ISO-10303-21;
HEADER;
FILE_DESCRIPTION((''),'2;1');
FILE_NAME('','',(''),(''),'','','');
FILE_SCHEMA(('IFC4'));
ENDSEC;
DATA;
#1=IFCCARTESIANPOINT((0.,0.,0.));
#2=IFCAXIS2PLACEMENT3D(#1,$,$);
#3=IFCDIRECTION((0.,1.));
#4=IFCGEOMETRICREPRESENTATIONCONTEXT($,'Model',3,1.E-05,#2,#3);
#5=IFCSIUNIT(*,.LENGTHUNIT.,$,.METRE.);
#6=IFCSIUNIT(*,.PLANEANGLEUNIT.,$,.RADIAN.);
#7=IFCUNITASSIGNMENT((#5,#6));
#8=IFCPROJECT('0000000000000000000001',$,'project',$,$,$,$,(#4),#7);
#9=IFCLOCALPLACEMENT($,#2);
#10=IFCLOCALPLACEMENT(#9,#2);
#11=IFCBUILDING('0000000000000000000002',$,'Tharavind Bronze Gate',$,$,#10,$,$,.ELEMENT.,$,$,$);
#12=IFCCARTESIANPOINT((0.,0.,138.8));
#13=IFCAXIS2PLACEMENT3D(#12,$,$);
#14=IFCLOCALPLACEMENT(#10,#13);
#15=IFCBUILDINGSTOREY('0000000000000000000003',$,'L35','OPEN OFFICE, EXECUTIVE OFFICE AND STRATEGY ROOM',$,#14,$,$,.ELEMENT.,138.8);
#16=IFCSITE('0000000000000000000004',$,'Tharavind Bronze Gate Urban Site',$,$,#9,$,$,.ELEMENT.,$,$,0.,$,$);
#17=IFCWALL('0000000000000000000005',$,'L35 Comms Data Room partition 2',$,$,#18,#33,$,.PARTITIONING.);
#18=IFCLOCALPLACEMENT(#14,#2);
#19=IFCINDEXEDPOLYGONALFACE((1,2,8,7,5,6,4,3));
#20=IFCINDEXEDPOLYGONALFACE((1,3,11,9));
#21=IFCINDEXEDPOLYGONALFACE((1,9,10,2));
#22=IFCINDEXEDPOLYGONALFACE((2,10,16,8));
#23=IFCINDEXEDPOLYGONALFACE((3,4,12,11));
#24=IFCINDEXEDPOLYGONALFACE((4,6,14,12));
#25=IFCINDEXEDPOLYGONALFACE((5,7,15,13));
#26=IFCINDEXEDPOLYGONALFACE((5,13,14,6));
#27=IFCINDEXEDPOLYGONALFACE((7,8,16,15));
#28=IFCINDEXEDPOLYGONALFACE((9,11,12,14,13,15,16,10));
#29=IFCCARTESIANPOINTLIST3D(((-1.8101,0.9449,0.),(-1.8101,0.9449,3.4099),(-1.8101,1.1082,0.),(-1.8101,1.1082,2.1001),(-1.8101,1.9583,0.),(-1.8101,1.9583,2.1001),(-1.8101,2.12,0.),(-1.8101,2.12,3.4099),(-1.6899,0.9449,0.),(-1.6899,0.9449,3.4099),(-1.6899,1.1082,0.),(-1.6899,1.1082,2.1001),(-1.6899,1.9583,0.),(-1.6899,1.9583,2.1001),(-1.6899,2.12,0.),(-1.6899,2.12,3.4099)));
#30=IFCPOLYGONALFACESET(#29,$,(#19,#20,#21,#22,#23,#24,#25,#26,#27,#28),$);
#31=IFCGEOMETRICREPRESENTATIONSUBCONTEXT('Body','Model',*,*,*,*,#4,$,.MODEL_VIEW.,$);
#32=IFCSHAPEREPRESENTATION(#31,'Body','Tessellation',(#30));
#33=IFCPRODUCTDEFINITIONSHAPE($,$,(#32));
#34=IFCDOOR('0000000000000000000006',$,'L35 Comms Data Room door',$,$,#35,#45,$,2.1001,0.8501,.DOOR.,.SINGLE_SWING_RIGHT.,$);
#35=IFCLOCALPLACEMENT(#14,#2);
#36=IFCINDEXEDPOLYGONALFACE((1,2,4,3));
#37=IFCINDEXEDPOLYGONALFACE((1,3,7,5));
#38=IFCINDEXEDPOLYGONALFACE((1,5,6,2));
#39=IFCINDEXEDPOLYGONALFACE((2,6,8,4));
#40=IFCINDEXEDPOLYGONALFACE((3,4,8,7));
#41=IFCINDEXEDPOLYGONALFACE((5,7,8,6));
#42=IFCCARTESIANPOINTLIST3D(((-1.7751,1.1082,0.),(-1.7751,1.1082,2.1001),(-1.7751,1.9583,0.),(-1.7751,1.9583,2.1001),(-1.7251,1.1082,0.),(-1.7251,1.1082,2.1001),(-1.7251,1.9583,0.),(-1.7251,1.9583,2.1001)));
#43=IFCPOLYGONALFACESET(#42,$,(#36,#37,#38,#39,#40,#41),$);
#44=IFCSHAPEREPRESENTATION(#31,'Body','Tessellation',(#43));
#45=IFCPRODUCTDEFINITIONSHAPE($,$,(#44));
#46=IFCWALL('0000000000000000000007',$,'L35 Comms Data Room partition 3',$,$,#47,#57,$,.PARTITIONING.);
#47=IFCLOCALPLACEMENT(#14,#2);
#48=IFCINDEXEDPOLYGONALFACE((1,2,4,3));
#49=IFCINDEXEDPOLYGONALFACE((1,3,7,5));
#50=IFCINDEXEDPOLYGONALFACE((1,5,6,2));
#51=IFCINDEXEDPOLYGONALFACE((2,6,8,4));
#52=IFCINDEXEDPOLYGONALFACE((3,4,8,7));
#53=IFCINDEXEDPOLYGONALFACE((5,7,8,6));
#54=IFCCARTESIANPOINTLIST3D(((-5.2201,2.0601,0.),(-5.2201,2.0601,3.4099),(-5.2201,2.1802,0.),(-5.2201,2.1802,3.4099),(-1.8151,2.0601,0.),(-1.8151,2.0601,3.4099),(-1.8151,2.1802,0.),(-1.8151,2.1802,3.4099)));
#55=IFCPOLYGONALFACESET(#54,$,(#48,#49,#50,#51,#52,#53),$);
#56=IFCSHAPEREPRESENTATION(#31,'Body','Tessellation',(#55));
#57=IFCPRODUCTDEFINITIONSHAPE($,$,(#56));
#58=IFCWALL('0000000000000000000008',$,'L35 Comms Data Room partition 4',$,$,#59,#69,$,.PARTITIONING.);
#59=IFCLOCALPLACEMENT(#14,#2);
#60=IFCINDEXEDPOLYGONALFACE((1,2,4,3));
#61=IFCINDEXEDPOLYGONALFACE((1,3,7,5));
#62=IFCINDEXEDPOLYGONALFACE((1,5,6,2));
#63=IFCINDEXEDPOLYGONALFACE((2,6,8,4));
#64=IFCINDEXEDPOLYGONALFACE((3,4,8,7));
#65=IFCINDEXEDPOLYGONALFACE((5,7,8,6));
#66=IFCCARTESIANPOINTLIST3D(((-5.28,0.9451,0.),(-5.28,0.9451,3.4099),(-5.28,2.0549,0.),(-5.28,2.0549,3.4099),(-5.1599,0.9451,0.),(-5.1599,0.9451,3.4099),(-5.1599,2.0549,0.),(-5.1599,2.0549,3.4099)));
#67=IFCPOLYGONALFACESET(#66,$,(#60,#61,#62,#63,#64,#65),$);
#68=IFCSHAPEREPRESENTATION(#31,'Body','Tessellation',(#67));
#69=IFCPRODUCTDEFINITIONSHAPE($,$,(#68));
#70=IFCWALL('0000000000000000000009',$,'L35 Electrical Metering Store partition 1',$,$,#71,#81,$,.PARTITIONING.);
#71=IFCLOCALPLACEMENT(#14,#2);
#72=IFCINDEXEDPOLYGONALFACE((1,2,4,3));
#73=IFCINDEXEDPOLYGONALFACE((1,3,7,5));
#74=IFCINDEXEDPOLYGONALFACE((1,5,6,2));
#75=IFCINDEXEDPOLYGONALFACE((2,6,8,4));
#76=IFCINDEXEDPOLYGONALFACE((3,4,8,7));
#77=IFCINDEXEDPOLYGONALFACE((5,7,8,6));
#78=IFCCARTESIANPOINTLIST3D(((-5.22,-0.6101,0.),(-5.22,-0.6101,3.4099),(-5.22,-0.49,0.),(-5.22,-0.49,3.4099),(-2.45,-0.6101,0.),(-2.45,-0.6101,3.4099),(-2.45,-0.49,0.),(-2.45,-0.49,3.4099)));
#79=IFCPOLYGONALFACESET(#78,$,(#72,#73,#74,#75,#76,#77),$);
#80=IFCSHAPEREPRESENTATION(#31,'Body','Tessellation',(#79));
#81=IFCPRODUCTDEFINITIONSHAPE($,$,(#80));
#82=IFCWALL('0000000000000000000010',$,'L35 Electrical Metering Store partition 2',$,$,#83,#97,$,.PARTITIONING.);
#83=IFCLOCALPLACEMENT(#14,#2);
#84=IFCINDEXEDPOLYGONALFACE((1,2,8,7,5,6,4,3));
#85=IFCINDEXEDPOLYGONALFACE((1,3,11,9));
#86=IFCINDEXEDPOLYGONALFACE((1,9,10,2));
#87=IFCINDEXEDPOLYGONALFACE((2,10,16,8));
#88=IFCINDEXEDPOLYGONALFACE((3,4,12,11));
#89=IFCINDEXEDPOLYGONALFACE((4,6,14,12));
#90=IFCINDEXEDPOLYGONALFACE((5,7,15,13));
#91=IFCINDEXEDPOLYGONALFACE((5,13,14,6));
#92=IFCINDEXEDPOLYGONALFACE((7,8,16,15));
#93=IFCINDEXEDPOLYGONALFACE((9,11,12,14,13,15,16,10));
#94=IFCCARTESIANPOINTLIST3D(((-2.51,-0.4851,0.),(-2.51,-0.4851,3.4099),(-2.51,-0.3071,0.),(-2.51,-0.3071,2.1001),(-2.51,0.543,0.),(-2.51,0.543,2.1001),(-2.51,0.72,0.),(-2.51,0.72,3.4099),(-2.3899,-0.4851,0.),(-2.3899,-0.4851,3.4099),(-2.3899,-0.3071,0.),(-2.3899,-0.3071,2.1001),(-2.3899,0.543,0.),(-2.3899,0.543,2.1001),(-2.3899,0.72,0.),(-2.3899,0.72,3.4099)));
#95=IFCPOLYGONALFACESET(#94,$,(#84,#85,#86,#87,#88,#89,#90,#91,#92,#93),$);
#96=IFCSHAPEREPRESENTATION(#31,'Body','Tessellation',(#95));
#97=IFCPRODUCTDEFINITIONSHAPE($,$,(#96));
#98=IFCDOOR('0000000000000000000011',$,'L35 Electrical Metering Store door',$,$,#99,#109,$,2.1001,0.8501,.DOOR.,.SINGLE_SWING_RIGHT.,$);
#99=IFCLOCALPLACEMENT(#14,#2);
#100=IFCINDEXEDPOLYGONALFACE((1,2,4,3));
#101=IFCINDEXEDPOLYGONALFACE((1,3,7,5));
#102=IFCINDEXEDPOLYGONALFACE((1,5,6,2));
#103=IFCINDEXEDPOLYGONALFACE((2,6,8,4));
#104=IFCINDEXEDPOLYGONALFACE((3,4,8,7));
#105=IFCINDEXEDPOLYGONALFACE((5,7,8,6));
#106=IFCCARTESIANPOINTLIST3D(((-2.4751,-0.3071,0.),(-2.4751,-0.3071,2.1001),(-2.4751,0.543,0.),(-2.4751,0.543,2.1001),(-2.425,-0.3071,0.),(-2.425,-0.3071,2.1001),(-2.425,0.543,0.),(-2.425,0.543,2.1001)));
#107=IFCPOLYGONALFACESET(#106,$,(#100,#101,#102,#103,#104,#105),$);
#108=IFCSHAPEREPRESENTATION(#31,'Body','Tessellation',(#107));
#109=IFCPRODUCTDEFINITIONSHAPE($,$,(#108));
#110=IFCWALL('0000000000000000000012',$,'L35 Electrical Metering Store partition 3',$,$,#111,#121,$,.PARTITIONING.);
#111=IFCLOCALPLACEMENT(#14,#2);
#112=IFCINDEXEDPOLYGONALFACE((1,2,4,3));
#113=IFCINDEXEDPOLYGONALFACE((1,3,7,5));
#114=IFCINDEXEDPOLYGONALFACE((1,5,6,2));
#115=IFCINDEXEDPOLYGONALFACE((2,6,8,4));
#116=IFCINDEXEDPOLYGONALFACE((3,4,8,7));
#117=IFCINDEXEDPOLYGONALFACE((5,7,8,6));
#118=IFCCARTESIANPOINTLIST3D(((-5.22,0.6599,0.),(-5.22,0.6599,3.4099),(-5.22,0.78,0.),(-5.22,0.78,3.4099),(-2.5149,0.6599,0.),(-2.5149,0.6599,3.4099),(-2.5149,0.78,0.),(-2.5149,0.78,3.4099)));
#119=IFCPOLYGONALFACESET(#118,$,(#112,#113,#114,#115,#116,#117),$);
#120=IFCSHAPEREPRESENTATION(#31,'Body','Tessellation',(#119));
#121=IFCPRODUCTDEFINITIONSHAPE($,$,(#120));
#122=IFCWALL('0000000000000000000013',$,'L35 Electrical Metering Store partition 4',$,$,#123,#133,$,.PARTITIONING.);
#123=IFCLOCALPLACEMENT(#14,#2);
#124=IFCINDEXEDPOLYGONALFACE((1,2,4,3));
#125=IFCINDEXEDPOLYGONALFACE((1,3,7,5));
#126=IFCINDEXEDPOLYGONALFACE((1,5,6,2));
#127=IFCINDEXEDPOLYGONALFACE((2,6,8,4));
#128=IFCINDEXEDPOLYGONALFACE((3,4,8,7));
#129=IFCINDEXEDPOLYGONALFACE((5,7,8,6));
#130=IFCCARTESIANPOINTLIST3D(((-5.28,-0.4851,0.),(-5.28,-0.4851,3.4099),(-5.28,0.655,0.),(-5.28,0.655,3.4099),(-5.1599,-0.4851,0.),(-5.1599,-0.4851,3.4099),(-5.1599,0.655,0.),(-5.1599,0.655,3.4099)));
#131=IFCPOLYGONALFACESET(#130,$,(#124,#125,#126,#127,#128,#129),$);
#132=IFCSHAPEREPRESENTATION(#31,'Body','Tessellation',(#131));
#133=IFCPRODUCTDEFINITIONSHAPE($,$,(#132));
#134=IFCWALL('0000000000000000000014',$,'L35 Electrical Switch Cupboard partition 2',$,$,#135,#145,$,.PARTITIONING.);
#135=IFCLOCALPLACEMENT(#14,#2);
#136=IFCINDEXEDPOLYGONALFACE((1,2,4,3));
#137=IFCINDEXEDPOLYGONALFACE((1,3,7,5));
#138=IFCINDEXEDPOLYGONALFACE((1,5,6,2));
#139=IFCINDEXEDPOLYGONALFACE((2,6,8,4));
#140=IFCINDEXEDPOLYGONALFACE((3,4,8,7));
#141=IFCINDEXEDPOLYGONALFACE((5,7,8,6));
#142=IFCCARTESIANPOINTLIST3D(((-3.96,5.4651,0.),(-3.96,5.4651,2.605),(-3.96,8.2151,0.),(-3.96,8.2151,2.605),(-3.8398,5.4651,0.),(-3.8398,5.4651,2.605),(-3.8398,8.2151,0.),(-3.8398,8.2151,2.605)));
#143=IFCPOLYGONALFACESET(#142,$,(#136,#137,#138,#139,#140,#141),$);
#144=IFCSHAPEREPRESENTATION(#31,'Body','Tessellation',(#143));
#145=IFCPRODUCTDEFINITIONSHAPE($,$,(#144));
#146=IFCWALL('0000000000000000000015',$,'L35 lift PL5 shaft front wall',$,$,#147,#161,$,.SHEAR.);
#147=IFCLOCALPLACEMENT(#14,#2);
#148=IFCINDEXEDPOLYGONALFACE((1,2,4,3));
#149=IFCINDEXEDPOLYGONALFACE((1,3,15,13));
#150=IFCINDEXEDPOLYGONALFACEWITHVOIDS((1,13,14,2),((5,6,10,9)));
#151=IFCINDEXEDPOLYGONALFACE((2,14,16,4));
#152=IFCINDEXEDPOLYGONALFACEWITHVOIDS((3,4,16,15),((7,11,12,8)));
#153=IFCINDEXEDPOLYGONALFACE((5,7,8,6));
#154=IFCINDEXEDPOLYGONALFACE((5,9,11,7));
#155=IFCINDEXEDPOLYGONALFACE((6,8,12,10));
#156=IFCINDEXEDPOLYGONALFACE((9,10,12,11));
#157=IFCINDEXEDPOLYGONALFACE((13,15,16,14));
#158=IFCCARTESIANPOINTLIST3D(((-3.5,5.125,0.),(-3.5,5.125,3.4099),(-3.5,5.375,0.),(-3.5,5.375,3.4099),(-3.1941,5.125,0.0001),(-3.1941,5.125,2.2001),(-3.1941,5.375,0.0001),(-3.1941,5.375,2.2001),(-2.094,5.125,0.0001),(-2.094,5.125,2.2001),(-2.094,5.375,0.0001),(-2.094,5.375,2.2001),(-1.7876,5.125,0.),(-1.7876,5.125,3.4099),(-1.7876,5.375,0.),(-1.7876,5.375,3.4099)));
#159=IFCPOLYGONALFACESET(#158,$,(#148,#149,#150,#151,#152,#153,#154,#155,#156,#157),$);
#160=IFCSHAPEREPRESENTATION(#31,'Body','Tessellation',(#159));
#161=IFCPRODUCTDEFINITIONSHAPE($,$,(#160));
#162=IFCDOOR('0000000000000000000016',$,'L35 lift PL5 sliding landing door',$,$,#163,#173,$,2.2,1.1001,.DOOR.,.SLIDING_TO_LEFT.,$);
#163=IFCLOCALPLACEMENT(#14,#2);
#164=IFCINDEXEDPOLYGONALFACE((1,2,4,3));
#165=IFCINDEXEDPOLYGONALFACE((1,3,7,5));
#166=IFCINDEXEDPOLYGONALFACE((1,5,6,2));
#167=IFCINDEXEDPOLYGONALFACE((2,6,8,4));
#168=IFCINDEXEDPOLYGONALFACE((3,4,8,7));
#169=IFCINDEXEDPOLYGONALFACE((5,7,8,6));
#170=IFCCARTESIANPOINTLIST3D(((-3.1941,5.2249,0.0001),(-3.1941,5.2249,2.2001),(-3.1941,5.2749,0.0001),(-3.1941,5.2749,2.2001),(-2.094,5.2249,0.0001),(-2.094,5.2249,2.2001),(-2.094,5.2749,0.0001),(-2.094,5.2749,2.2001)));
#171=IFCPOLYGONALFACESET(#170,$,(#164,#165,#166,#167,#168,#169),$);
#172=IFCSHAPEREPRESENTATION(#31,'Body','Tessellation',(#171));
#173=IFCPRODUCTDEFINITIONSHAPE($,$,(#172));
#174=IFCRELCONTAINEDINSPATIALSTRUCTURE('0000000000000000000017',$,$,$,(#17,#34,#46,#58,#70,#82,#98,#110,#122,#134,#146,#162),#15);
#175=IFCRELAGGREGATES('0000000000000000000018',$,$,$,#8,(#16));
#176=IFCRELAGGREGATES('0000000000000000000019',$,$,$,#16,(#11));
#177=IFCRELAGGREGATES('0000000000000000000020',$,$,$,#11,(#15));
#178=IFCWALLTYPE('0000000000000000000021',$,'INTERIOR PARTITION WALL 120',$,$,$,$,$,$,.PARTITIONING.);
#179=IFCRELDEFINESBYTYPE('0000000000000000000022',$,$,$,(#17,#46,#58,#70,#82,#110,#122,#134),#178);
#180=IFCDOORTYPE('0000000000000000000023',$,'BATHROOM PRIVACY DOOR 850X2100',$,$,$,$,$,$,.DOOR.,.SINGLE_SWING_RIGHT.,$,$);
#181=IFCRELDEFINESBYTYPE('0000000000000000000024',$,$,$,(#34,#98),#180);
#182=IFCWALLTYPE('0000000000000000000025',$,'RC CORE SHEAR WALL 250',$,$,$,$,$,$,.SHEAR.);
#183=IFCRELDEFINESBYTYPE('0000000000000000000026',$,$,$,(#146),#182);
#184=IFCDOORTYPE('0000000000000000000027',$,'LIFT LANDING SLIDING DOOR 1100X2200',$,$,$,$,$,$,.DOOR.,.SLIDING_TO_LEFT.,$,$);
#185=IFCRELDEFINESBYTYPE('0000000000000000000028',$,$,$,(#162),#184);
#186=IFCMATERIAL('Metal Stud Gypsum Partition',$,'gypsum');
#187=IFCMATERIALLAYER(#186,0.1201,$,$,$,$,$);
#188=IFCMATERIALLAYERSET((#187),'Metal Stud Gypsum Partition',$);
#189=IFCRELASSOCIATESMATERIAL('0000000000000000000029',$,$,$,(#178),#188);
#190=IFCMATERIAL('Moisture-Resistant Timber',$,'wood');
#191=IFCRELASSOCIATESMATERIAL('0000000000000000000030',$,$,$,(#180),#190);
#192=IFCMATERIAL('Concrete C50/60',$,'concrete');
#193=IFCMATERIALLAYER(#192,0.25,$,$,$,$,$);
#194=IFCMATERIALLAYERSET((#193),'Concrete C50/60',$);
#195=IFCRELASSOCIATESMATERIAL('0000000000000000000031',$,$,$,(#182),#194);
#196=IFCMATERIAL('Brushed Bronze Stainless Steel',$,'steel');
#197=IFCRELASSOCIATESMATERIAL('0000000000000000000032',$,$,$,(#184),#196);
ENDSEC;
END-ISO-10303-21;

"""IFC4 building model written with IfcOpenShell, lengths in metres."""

from ifc_helpers import new_model, si_unit, direction, frame, frame_2d, origin, place, context, subcontext, project, spatial, rectangle, extrude, material, layer, layer_set, type_object, element, fill, save


model = new_model("IFC4")

# Units and contexts
model_context = context("Model", 3, precision=1e-05, world=origin(), true_north=direction((0.0, 1.0)))
body_context = subcontext(model_context, "Body", "Model", "MODEL_VIEW")
ifc_project = project(units=[si_unit("LENGTHUNIT", "METRE"), si_unit("PLANEANGLEUNIT", "RADIAN")], contexts=[model_context])

# Site, building, storey
site_placement = place(None, origin())
site = spatial("IfcSite", under=ifc_project, at=site_placement, Name="Tharavind Bronze Gate Urban Site", CompositionType="ELEMENT", RefElevation=0.0)
building_placement = place(site_placement, origin())
building = spatial("IfcBuilding", under=site, at=building_placement, Name="Tharavind Bronze Gate", CompositionType="ELEMENT")
storey_placement = place(building_placement, frame((0.0, 0.0, 138.8)))
storey = spatial("IfcBuildingStorey", under=building, at=storey_placement, Name="L35", Description="OPEN OFFICE, EXECUTIVE OFFICE AND STRATEGY ROOM", CompositionType="ELEMENT", Elevation=138.8)

# Shared definitions
ifc_material_1 = material(Name="Metal Stud Gypsum Partition", Category="gypsum")
ifc_layer_1 = layer(ifc_material_1, 0.1201)
ifc_layer_set_1 = layer_set([ifc_layer_1], Name="Metal Stud Gypsum Partition")
wall_type_1 = type_object("IfcWallType", Name="INTERIOR PARTITION WALL 120", PredefinedType="PARTITIONING", material=ifc_layer_set_1)

# Shared definitions
ifc_material_2 = material(Name="Moisture-Resistant Timber", Category="wood")
door_type_1 = type_object("IfcDoorType", Name="BATHROOM PRIVACY DOOR 850X2100", OperationType="SINGLE_SWING_RIGHT", PredefinedType="DOOR", material=ifc_material_2)

# Wall, opening, door
wall_1_placement = place(storey_placement, frame((-1.75, 0.9451, 0.0), z_axis=(0.0, 0.0, 1.0), x_axis=(0.0, 1.0, 0.0)))
wall_1 = element("IfcWall", 1, at=wall_1_placement, inside=storey, type_object=wall_type_1, Name="L35 Comms Data Room partition 2", PredefinedType="PARTITIONING", context=body_context, shape_type="SweptSolid", body=[
    extrude(rectangle(XDim=1.175, YDim=0.1201, at=frame_2d((0.5874, 0.0))), origin(), (0.0, 0.0, 1.0), 3.4099),
])
opening_1_placement = place(wall_1_placement, frame((0.1631, 0.0, 0.0)))
opening_1 = element("IfcOpeningElement", 2, at=opening_1_placement, cuts=wall_1, PredefinedType="OPENING", context=body_context, shape_type="SweptSolid", body=[
    extrude(rectangle(XDim=0.8501, YDim=2.1001, at=frame_2d((0.425, 1.05))), frame((0.0, 0.0701, 0.0), z_axis=(0.0, -1.0, 0.0), x_axis=(1.0, 0.0, 0.0)), (0.0, 0.0, 1.0), 0.1401),
])
door_1_placement = place(opening_1_placement, frame((0.8501, 0.0, 0.0), z_axis=(0.0, 0.0, 1.0), x_axis=(-1.0, 0.0, 0.0)))
door_1 = element("IfcDoor", 3, at=door_1_placement, inside=storey, type_object=door_type_1, Name="L35 Comms Data Room door", OperationType="SINGLE_SWING_RIGHT", OverallHeight=2.1001, OverallWidth=0.8501, PredefinedType="DOOR", context=body_context, shape_type="SweptSolid", body=[
    extrude(rectangle(XDim=0.8501, YDim=2.1001, at=frame_2d((0.425, 1.05))), frame((0.0, 0.0249, 0.0), z_axis=(0.0, -1.0, 0.0), x_axis=(1.0, 0.0, 0.0)), (0.0, 0.0, 1.0), 0.05),
])
fill(opening_1, door_1)

# Walls
wall_2_placement = place(storey_placement, frame((-1.8149, 2.1201, 0.0), z_axis=(0.0, 0.0, 1.0), x_axis=(-1.0, 0.0, 0.0)))
element("IfcWall", 4, at=wall_2_placement, inside=storey, type_object=wall_type_1, Name="L35 Comms Data Room partition 3", PredefinedType="PARTITIONING", context=body_context, shape_type="SweptSolid", body=[
    extrude(rectangle(XDim=3.405, YDim=0.1201, at=frame_2d((1.7026, 0.0))), origin(), (0.0, 0.0, 1.0), 3.4099),
])
wall_3_placement = place(storey_placement, frame((-5.22, 2.0549, 0.0), z_axis=(0.0, 0.0, 1.0), x_axis=(0.0, -1.0, 0.0)))
element("IfcWall", 5, at=wall_3_placement, inside=storey, type_object=wall_type_1, Name="L35 Comms Data Room partition 4", PredefinedType="PARTITIONING", context=body_context, shape_type="SweptSolid", body=[
    extrude(rectangle(XDim=1.1099, YDim=0.1201, at=frame_2d((0.5549, 0.0))), origin(), (0.0, 0.0, 1.0), 3.4099),
])
wall_4_placement = place(storey_placement, frame((-5.22, -0.55, 0.0), z_axis=(0.0, 0.0, 1.0), x_axis=(1.0, 0.0, 0.0)))
element("IfcWall", 6, at=wall_4_placement, inside=storey, type_object=wall_type_1, Name="L35 Electrical Metering Store partition 1", PredefinedType="PARTITIONING", context=body_context, shape_type="SweptSolid", body=[
    extrude(rectangle(XDim=2.77, YDim=0.1201, at=frame_2d((1.385, 0.0))), origin(), (0.0, 0.0, 1.0), 3.4099),
])

# Wall, opening, door
wall_5_placement = place(storey_placement, frame((-2.45, -0.4851, 0.0), z_axis=(0.0, 0.0, 1.0), x_axis=(0.0, 1.0, 0.0)))
wall_5 = element("IfcWall", 7, at=wall_5_placement, inside=storey, type_object=wall_type_1, Name="L35 Electrical Metering Store partition 2", PredefinedType="PARTITIONING", context=body_context, shape_type="SweptSolid", body=[
    extrude(rectangle(XDim=1.2051, YDim=0.1201, at=frame_2d((0.6025, 0.0))), origin(), (0.0, 0.0, 1.0), 3.4099),
])
opening_2_placement = place(wall_5_placement, frame((0.178, 0.0, 0.0)))
opening_2 = element("IfcOpeningElement", 8, at=opening_2_placement, cuts=wall_5, PredefinedType="OPENING", context=body_context, shape_type="SweptSolid", body=[
    extrude(rectangle(XDim=0.8501, YDim=2.1001, at=frame_2d((0.425, 1.05))), frame((0.0, 0.0701, 0.0), z_axis=(0.0, -1.0, 0.0), x_axis=(1.0, 0.0, 0.0)), (0.0, 0.0, 1.0), 0.1401),
])
door_2_placement = place(opening_2_placement, frame((0.8501, 0.0, 0.0), z_axis=(0.0, 0.0, 1.0), x_axis=(-1.0, 0.0, 0.0)))
door_2 = element("IfcDoor", 9, at=door_2_placement, inside=storey, type_object=door_type_1, Name="L35 Electrical Metering Store door", OperationType="SINGLE_SWING_RIGHT", OverallHeight=2.1001, OverallWidth=0.8501, PredefinedType="DOOR", context=body_context, shape_type="SweptSolid", body=[
    extrude(rectangle(XDim=0.8501, YDim=2.1001, at=frame_2d((0.425, 1.05))), frame((0.0, 0.0249, 0.0), z_axis=(0.0, -1.0, 0.0), x_axis=(1.0, 0.0, 0.0)), (0.0, 0.0, 1.0), 0.05),
])
fill(opening_2, door_2)

# Walls
wall_6_placement = place(storey_placement, frame((-2.5149, 0.72, 0.0), z_axis=(0.0, 0.0, 1.0), x_axis=(-1.0, 0.0, 0.0)))
element("IfcWall", 10, at=wall_6_placement, inside=storey, type_object=wall_type_1, Name="L35 Electrical Metering Store partition 3", PredefinedType="PARTITIONING", context=body_context, shape_type="SweptSolid", body=[
    extrude(rectangle(XDim=2.7051, YDim=0.1201, at=frame_2d((1.3525, 0.0))), origin(), (0.0, 0.0, 1.0), 3.4099),
])
wall_7_placement = place(storey_placement, frame((-5.22, 0.655, 0.0), z_axis=(0.0, 0.0, 1.0), x_axis=(0.0, -1.0, 0.0)))
element("IfcWall", 11, at=wall_7_placement, inside=storey, type_object=wall_type_1, Name="L35 Electrical Metering Store partition 4", PredefinedType="PARTITIONING", context=body_context, shape_type="SweptSolid", body=[
    extrude(rectangle(XDim=1.1401, YDim=0.1201, at=frame_2d((0.5701, 0.0))), origin(), (0.0, 0.0, 1.0), 3.4099),
])
wall_8_placement = place(storey_placement, frame((-3.8999, 5.4651, 0.0), z_axis=(0.0, 0.0, 1.0), x_axis=(0.0, 1.0, 0.0)))
element("IfcWall", 12, at=wall_8_placement, inside=storey, type_object=wall_type_1, Name="L35 Electrical Switch Cupboard partition 2", PredefinedType="PARTITIONING", context=body_context, shape_type="SweptSolid", body=[
    extrude(rectangle(XDim=2.75, YDim=0.1201, at=frame_2d((1.375, 0.0))), origin(), (0.0, 0.0, 1.0), 2.605),
])

# Wall, opening, door
ifc_material_3 = material(Name="Concrete C50/60", Category="concrete")
ifc_layer_2 = layer(ifc_material_3, 0.25)
ifc_layer_set_2 = layer_set([ifc_layer_2], Name="Concrete C50/60")
wall_type_2 = type_object("IfcWallType", Name="RC CORE SHEAR WALL 250", PredefinedType="SHEAR", material=ifc_layer_set_2)
wall_9_placement = place(storey_placement, frame((-3.5, 5.25, 0.0), z_axis=(0.0, 0.0, 1.0), x_axis=(1.0, 0.0, 0.0)))
wall_9 = element("IfcWall", 13, at=wall_9_placement, inside=storey, type_object=wall_type_2, Name="L35 lift PL5 shaft front wall", PredefinedType="SHEAR", context=body_context, shape_type="SweptSolid", body=[
    extrude(rectangle(XDim=1.7124, YDim=0.25, at=frame_2d((0.8562, 0.0))), origin(), (0.0, 0.0, 1.0), 3.4099),
])
opening_3_placement = place(wall_9_placement, frame((0.3059, 0.0, 0.0)))
opening_3 = element("IfcOpeningElement", 14, at=opening_3_placement, cuts=wall_9, PredefinedType="OPENING", context=body_context, shape_type="SweptSolid", body=[
    extrude(rectangle(XDim=1.1001, YDim=2.2, at=frame_2d((0.55, 1.1001))), frame((0.0, 0.135, 0.0), z_axis=(0.0, -1.0, 0.0), x_axis=(1.0, 0.0, 0.0)), (0.0, 0.0, 1.0), 0.27),
])
ifc_material_4 = material(Name="Brushed Bronze Stainless Steel", Category="steel")
door_type_2 = type_object("IfcDoorType", Name="LIFT LANDING SLIDING DOOR 1100X2200", OperationType="SLIDING_TO_LEFT", PredefinedType="DOOR", material=ifc_material_4)
door_3_placement = place(opening_3_placement, origin())
door_3 = element("IfcDoor", 15, at=door_3_placement, inside=storey, type_object=door_type_2, Name="L35 lift PL5 sliding landing door", OperationType="SLIDING_TO_LEFT", OverallHeight=2.2, OverallWidth=1.1001, PredefinedType="DOOR", context=body_context, shape_type="SweptSolid", body=[
    extrude(rectangle(XDim=1.1001, YDim=2.2, at=frame_2d((0.55, 1.1001))), frame((0.0, 0.0249, 0.0), z_axis=(0.0, -1.0, 0.0), x_axis=(1.0, 0.0, 0.0)), (0.0, 0.0, 1.0), 0.05),
])
fill(opening_3, door_3)

save(model, "model.ifc")
